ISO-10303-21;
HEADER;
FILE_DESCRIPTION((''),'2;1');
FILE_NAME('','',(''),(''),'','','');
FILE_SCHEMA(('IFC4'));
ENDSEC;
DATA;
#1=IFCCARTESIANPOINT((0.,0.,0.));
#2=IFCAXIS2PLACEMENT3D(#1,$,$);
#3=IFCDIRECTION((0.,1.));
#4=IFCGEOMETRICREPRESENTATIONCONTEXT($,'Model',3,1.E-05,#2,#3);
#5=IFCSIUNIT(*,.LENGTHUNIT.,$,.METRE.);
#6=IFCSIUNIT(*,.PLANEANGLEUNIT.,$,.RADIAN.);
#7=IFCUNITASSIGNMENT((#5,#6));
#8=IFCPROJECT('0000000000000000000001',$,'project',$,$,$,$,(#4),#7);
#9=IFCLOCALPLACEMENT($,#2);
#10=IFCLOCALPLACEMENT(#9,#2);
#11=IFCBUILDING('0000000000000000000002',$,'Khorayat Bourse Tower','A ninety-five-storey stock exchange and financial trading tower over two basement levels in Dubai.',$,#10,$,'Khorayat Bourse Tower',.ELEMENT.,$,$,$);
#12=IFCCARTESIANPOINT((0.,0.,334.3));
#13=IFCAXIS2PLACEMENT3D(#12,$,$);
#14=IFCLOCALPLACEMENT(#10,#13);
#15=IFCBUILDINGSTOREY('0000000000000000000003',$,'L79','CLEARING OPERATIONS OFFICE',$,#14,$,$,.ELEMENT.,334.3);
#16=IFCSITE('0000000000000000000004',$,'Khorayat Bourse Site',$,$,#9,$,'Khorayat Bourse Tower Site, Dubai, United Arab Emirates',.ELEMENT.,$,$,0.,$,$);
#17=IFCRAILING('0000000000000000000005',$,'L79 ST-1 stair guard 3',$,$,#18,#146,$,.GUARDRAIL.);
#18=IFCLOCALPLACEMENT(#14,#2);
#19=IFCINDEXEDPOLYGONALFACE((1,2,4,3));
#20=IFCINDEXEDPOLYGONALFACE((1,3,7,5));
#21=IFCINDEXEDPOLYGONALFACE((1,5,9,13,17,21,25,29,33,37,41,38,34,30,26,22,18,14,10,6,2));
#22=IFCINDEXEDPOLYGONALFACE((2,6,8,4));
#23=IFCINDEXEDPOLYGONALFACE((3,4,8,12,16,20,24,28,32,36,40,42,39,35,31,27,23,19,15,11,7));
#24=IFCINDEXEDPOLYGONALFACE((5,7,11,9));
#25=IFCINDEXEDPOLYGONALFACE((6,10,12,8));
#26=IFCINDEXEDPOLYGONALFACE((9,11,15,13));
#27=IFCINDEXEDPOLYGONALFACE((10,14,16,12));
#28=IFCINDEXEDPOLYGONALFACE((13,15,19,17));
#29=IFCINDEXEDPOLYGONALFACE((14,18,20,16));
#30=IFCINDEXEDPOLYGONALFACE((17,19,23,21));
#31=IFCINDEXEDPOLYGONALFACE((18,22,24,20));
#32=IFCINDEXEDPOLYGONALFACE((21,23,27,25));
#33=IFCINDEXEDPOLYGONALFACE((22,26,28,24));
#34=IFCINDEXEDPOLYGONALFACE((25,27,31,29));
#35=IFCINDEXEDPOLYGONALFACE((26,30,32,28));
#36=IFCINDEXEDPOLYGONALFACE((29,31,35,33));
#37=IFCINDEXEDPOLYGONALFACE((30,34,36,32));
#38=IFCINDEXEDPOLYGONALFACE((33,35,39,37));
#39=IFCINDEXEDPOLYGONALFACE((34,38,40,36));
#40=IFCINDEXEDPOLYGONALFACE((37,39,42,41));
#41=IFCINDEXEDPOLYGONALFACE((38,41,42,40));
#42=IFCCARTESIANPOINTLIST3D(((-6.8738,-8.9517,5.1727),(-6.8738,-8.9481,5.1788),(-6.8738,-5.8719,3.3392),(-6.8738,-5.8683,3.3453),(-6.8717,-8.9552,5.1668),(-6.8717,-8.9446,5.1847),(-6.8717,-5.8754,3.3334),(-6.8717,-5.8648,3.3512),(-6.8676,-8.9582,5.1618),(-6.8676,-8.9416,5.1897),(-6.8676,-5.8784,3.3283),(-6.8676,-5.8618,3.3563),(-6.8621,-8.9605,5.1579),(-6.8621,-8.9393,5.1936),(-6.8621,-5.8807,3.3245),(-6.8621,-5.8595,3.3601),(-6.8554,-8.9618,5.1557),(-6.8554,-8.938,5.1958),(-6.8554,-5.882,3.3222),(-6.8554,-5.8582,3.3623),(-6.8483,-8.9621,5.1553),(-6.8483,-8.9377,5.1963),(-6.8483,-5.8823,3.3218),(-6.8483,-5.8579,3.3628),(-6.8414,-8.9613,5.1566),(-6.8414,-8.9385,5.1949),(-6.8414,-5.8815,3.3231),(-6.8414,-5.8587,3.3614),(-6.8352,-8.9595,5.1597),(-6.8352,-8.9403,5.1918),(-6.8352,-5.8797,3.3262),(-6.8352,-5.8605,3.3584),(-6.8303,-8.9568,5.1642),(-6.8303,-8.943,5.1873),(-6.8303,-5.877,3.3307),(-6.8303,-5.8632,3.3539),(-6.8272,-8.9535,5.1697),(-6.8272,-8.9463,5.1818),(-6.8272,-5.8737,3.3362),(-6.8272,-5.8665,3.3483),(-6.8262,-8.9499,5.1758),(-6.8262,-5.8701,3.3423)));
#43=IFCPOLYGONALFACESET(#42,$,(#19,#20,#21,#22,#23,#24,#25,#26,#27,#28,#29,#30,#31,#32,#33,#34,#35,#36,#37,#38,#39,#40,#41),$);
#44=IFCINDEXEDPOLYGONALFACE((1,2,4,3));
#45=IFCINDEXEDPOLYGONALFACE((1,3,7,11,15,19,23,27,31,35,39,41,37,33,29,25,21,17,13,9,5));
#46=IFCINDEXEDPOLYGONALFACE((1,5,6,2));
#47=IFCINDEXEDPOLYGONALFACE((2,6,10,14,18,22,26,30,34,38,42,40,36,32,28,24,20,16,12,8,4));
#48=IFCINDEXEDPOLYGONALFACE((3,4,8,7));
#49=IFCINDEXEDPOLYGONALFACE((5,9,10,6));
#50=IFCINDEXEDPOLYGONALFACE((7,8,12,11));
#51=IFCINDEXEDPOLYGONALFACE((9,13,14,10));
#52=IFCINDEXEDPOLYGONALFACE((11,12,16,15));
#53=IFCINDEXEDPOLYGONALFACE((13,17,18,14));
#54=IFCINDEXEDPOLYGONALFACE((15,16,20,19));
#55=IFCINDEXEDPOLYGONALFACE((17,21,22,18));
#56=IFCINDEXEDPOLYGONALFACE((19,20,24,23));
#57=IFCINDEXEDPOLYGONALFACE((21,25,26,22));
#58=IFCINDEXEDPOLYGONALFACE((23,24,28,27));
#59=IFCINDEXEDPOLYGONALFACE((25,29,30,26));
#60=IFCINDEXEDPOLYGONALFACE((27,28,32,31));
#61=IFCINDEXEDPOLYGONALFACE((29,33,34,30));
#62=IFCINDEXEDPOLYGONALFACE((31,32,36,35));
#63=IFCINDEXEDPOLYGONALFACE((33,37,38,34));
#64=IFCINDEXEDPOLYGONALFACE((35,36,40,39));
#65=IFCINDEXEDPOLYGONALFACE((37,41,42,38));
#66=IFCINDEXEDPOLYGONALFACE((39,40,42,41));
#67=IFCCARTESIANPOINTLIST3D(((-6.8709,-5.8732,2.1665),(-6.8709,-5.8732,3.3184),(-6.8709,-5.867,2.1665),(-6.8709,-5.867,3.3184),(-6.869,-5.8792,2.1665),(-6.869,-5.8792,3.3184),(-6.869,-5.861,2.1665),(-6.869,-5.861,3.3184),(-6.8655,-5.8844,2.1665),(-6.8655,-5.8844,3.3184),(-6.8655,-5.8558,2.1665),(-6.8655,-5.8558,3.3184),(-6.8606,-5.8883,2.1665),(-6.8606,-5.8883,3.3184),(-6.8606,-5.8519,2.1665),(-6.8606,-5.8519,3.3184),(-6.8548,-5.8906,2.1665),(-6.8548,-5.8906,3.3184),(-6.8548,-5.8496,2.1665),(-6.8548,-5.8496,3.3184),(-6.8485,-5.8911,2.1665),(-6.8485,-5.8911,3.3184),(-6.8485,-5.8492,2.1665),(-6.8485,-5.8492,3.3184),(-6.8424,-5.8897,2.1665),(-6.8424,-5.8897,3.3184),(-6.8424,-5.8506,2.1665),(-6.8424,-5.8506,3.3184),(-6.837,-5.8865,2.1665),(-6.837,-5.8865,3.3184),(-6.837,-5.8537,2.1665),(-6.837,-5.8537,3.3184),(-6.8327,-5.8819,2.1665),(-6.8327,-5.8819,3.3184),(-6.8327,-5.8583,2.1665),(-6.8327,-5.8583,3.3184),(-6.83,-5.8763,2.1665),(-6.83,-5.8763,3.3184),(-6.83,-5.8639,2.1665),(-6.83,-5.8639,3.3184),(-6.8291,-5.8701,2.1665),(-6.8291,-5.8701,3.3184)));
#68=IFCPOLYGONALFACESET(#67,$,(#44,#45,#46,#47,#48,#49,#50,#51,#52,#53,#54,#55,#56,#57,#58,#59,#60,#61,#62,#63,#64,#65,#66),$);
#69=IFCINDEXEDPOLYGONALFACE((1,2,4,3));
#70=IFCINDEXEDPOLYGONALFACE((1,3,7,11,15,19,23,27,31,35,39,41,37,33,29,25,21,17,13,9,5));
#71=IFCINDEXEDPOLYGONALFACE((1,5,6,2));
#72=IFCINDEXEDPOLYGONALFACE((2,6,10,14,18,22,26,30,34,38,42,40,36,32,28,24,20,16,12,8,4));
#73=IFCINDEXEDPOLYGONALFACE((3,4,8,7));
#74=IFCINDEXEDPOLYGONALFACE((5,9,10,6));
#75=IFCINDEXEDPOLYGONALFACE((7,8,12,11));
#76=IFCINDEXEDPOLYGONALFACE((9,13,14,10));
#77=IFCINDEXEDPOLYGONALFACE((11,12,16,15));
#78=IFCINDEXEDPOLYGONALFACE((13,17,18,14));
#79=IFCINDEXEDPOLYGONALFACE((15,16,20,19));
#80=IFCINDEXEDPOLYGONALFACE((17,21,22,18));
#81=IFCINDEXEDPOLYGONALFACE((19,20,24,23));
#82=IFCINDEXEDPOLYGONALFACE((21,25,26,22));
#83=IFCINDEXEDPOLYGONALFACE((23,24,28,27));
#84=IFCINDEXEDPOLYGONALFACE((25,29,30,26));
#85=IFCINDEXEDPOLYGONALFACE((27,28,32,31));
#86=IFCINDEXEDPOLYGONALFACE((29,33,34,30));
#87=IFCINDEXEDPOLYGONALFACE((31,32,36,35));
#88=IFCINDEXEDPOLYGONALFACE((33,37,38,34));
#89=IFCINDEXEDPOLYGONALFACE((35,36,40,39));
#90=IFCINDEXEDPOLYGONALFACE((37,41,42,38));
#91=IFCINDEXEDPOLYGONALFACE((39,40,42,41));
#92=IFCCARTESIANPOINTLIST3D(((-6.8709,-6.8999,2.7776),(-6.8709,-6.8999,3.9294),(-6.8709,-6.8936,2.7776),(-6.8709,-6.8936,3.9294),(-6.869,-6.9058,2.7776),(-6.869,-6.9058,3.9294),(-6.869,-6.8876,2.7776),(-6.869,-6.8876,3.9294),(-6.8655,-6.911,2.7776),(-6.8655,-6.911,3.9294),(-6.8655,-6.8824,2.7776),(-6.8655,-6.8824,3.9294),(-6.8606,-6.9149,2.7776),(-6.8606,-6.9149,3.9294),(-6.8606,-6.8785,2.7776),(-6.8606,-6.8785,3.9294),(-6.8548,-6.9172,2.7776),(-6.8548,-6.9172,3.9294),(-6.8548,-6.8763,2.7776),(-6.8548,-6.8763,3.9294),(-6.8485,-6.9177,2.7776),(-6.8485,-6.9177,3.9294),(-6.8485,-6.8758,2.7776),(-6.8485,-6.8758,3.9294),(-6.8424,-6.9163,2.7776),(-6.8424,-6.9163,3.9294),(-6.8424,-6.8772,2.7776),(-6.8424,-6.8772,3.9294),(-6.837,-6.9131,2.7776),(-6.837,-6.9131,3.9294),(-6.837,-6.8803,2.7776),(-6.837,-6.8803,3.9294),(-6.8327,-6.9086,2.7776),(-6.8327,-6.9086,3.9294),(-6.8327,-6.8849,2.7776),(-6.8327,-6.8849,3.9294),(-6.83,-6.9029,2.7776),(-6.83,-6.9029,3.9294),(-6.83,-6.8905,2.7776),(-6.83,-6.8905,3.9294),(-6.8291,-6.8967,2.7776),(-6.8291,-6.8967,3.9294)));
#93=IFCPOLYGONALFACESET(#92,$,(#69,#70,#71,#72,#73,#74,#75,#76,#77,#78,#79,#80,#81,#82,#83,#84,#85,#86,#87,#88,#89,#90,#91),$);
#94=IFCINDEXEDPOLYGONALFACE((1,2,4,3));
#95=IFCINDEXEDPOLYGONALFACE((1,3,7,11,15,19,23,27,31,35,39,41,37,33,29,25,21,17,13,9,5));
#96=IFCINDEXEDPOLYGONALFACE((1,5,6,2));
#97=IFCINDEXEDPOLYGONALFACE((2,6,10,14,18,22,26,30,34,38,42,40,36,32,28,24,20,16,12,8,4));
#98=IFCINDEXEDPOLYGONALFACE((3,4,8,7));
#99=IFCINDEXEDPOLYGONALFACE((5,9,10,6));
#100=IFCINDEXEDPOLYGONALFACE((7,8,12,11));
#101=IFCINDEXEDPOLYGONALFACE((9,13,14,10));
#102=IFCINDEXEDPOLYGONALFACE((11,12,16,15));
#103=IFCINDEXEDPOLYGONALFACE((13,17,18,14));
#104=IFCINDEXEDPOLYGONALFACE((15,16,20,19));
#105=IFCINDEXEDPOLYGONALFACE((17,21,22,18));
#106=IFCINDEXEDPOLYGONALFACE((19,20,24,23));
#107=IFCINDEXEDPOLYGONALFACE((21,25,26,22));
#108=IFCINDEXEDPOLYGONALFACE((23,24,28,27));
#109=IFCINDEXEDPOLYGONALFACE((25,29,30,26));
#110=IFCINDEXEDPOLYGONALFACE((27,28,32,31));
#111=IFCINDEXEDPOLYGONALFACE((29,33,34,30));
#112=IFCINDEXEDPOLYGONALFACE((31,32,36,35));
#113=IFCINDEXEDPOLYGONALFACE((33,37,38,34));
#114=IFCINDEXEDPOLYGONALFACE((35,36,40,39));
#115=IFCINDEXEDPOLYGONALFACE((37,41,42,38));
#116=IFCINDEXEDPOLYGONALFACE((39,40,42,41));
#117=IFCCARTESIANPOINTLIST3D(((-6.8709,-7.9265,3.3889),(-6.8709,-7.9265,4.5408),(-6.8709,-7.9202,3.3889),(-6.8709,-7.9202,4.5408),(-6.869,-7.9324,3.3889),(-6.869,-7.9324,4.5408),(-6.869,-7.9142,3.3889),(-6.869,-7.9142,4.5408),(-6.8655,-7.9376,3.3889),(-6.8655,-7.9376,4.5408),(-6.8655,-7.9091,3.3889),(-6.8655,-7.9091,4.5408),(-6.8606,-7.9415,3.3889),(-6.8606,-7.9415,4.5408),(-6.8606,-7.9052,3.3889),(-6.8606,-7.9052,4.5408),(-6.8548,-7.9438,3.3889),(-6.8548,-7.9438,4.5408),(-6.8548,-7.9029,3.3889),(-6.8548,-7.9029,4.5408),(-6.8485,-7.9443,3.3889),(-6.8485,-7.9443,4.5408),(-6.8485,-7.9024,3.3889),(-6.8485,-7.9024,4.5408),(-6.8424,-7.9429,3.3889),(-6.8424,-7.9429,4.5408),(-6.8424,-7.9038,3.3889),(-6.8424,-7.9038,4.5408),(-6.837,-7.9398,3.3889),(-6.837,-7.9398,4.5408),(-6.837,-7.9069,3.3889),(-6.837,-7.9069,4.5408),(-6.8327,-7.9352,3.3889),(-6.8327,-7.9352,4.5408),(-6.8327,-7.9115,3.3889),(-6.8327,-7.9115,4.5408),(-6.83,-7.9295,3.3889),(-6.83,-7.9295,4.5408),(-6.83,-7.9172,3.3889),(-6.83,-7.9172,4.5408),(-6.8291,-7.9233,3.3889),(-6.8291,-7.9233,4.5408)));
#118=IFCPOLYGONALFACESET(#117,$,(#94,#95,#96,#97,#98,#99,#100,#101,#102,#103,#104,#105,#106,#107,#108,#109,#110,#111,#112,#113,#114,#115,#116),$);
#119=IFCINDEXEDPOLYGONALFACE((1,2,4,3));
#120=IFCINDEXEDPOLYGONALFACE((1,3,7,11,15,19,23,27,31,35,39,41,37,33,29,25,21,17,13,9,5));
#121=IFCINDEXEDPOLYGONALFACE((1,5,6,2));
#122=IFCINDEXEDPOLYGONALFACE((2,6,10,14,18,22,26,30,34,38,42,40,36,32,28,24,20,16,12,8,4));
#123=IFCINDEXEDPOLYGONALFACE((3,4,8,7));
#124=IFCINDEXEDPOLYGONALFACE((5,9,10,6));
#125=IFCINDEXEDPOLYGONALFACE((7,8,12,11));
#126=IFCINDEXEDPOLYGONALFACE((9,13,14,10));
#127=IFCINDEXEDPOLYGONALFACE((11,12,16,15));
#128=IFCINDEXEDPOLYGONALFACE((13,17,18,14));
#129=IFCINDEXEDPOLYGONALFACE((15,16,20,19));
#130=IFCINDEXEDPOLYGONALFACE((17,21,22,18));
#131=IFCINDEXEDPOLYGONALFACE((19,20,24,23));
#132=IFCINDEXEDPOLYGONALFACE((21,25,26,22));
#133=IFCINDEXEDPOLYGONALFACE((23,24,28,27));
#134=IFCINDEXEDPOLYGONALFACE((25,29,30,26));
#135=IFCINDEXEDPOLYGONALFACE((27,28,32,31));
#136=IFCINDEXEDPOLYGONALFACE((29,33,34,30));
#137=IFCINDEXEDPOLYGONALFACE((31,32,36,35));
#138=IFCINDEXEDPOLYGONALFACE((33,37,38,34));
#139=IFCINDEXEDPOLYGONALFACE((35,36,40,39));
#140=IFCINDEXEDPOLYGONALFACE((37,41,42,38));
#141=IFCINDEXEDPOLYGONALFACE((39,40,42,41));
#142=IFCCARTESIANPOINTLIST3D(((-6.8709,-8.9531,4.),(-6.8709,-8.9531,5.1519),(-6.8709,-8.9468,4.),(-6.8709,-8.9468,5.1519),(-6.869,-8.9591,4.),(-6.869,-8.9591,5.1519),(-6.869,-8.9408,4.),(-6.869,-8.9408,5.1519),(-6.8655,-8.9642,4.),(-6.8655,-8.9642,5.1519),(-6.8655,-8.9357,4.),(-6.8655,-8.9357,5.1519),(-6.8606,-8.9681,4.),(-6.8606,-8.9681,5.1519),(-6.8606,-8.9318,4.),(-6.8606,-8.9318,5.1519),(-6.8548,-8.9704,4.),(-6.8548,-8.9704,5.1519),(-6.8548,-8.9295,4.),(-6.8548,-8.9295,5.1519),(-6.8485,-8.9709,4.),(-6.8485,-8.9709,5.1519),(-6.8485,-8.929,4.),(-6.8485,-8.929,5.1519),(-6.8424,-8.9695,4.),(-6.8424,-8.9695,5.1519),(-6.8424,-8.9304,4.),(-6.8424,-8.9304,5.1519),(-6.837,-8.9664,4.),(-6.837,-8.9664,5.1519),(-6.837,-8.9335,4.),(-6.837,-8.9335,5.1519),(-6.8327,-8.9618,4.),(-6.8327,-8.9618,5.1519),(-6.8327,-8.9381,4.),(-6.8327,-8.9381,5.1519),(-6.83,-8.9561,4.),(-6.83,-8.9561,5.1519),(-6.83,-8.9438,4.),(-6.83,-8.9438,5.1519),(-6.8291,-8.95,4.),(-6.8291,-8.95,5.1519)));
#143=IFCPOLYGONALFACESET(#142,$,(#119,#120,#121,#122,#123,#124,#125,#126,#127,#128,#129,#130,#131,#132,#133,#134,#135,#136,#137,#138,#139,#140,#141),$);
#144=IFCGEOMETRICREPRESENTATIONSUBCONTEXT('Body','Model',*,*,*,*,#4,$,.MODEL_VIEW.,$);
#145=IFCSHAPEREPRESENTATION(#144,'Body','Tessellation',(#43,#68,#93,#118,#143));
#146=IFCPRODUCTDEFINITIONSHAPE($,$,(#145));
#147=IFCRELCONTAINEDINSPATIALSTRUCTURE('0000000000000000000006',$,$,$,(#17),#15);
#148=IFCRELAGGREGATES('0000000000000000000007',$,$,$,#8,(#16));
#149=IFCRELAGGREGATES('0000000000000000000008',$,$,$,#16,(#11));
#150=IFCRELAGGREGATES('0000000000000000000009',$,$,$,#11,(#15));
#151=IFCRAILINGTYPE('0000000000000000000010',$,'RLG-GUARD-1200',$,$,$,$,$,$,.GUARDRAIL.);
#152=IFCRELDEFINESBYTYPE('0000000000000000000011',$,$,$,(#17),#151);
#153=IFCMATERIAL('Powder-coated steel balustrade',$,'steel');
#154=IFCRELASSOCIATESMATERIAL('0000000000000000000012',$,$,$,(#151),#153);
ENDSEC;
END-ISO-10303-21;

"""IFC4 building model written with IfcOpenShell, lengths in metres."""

from ifc_helpers import new_model, si_unit, direction, frame, origin, origin_2d, place, context, subcontext, project, spatial, circle, extrude, source, transform, mapped, material, type_object, element, save


model = new_model("IFC4")

# Units and contexts
model_context = context("Model", 3, precision=1e-05, world=origin(), true_north=direction((0.0, 1.0)))
body_context = subcontext(model_context, "Body", "Model", "MODEL_VIEW")
ifc_project = project(units=[si_unit("LENGTHUNIT", "METRE"), si_unit("PLANEANGLEUNIT", "RADIAN")], contexts=[model_context])

# Site, building, storey
site_placement = place(None, origin())
site = spatial("IfcSite", under=ifc_project, at=site_placement, Name="Khorayat Bourse Site", LongName="Khorayat Bourse Tower Site, Dubai, United Arab Emirates", CompositionType="ELEMENT", RefElevation=0.0)
building_placement = place(site_placement, origin())
building = spatial("IfcBuilding", under=site, at=building_placement, Name="Khorayat Bourse Tower", Description="A ninety-five-storey stock exchange and financial trading tower over two basement levels in Dubai.", LongName="Khorayat Bourse Tower", CompositionType="ELEMENT")
storey_placement = place(building_placement, frame((0.0, 0.0, 334.3)))
storey = spatial("IfcBuildingStorey", under=building, at=storey_placement, Name="L79", Description="CLEARING OPERATIONS OFFICE", CompositionType="ELEMENT", Elevation=334.3)

# Railing
ifc_material_1 = material(Name="Powder-coated steel balustrade", Category="steel")
railing_type_1 = type_object("IfcRailingType", Name="RLG-GUARD-1200", PredefinedType="GUARDRAIL", material=ifc_material_1)
shared_shape_1 = source(origin(), body_context, "Body", "SweptSolid", [
    extrude(circle(Radius=0.0239, at=origin_2d()), frame((0.0, 0.0, 1.1758), z_axis=(0.0, -0.859261, 0.511538), x_axis=(1.0, 0.0, 0.0)), (0.0, 0.0, 1.0), 3.5842),
    extrude(circle(Radius=0.021, at=origin_2d()), origin(), (0.0, 0.0, 1.0), 1.1519),
    extrude(circle(Radius=0.021, at=origin_2d()), frame((0.0, -1.0266, 0.6111)), (0.0, 0.0, 1.0), 1.1519),
    extrude(circle(Radius=0.021, at=origin_2d()), frame((0.0, -2.0532, 1.2224)), (0.0, 0.0, 1.0), 1.1519),
    extrude(circle(Radius=0.021, at=origin_2d()), frame((0.0, -3.0798, 1.8335)), (0.0, 0.0, 1.0), 1.1519),
])
railing_1_placement = place(storey_placement, frame((-6.8501, -5.8701, 2.1665)))
element("IfcRailing", 1, at=railing_1_placement, inside=storey, type_object=railing_type_1, Name="L79 ST-1 stair guard 3", PredefinedType="GUARDRAIL", context=body_context, shape_type="MappedRepresentation", body=[
    mapped(shared_shape_1, transform((0.0, 0.0, 0.0), scale=1.0)),
])

save(model, "model.ifc")
